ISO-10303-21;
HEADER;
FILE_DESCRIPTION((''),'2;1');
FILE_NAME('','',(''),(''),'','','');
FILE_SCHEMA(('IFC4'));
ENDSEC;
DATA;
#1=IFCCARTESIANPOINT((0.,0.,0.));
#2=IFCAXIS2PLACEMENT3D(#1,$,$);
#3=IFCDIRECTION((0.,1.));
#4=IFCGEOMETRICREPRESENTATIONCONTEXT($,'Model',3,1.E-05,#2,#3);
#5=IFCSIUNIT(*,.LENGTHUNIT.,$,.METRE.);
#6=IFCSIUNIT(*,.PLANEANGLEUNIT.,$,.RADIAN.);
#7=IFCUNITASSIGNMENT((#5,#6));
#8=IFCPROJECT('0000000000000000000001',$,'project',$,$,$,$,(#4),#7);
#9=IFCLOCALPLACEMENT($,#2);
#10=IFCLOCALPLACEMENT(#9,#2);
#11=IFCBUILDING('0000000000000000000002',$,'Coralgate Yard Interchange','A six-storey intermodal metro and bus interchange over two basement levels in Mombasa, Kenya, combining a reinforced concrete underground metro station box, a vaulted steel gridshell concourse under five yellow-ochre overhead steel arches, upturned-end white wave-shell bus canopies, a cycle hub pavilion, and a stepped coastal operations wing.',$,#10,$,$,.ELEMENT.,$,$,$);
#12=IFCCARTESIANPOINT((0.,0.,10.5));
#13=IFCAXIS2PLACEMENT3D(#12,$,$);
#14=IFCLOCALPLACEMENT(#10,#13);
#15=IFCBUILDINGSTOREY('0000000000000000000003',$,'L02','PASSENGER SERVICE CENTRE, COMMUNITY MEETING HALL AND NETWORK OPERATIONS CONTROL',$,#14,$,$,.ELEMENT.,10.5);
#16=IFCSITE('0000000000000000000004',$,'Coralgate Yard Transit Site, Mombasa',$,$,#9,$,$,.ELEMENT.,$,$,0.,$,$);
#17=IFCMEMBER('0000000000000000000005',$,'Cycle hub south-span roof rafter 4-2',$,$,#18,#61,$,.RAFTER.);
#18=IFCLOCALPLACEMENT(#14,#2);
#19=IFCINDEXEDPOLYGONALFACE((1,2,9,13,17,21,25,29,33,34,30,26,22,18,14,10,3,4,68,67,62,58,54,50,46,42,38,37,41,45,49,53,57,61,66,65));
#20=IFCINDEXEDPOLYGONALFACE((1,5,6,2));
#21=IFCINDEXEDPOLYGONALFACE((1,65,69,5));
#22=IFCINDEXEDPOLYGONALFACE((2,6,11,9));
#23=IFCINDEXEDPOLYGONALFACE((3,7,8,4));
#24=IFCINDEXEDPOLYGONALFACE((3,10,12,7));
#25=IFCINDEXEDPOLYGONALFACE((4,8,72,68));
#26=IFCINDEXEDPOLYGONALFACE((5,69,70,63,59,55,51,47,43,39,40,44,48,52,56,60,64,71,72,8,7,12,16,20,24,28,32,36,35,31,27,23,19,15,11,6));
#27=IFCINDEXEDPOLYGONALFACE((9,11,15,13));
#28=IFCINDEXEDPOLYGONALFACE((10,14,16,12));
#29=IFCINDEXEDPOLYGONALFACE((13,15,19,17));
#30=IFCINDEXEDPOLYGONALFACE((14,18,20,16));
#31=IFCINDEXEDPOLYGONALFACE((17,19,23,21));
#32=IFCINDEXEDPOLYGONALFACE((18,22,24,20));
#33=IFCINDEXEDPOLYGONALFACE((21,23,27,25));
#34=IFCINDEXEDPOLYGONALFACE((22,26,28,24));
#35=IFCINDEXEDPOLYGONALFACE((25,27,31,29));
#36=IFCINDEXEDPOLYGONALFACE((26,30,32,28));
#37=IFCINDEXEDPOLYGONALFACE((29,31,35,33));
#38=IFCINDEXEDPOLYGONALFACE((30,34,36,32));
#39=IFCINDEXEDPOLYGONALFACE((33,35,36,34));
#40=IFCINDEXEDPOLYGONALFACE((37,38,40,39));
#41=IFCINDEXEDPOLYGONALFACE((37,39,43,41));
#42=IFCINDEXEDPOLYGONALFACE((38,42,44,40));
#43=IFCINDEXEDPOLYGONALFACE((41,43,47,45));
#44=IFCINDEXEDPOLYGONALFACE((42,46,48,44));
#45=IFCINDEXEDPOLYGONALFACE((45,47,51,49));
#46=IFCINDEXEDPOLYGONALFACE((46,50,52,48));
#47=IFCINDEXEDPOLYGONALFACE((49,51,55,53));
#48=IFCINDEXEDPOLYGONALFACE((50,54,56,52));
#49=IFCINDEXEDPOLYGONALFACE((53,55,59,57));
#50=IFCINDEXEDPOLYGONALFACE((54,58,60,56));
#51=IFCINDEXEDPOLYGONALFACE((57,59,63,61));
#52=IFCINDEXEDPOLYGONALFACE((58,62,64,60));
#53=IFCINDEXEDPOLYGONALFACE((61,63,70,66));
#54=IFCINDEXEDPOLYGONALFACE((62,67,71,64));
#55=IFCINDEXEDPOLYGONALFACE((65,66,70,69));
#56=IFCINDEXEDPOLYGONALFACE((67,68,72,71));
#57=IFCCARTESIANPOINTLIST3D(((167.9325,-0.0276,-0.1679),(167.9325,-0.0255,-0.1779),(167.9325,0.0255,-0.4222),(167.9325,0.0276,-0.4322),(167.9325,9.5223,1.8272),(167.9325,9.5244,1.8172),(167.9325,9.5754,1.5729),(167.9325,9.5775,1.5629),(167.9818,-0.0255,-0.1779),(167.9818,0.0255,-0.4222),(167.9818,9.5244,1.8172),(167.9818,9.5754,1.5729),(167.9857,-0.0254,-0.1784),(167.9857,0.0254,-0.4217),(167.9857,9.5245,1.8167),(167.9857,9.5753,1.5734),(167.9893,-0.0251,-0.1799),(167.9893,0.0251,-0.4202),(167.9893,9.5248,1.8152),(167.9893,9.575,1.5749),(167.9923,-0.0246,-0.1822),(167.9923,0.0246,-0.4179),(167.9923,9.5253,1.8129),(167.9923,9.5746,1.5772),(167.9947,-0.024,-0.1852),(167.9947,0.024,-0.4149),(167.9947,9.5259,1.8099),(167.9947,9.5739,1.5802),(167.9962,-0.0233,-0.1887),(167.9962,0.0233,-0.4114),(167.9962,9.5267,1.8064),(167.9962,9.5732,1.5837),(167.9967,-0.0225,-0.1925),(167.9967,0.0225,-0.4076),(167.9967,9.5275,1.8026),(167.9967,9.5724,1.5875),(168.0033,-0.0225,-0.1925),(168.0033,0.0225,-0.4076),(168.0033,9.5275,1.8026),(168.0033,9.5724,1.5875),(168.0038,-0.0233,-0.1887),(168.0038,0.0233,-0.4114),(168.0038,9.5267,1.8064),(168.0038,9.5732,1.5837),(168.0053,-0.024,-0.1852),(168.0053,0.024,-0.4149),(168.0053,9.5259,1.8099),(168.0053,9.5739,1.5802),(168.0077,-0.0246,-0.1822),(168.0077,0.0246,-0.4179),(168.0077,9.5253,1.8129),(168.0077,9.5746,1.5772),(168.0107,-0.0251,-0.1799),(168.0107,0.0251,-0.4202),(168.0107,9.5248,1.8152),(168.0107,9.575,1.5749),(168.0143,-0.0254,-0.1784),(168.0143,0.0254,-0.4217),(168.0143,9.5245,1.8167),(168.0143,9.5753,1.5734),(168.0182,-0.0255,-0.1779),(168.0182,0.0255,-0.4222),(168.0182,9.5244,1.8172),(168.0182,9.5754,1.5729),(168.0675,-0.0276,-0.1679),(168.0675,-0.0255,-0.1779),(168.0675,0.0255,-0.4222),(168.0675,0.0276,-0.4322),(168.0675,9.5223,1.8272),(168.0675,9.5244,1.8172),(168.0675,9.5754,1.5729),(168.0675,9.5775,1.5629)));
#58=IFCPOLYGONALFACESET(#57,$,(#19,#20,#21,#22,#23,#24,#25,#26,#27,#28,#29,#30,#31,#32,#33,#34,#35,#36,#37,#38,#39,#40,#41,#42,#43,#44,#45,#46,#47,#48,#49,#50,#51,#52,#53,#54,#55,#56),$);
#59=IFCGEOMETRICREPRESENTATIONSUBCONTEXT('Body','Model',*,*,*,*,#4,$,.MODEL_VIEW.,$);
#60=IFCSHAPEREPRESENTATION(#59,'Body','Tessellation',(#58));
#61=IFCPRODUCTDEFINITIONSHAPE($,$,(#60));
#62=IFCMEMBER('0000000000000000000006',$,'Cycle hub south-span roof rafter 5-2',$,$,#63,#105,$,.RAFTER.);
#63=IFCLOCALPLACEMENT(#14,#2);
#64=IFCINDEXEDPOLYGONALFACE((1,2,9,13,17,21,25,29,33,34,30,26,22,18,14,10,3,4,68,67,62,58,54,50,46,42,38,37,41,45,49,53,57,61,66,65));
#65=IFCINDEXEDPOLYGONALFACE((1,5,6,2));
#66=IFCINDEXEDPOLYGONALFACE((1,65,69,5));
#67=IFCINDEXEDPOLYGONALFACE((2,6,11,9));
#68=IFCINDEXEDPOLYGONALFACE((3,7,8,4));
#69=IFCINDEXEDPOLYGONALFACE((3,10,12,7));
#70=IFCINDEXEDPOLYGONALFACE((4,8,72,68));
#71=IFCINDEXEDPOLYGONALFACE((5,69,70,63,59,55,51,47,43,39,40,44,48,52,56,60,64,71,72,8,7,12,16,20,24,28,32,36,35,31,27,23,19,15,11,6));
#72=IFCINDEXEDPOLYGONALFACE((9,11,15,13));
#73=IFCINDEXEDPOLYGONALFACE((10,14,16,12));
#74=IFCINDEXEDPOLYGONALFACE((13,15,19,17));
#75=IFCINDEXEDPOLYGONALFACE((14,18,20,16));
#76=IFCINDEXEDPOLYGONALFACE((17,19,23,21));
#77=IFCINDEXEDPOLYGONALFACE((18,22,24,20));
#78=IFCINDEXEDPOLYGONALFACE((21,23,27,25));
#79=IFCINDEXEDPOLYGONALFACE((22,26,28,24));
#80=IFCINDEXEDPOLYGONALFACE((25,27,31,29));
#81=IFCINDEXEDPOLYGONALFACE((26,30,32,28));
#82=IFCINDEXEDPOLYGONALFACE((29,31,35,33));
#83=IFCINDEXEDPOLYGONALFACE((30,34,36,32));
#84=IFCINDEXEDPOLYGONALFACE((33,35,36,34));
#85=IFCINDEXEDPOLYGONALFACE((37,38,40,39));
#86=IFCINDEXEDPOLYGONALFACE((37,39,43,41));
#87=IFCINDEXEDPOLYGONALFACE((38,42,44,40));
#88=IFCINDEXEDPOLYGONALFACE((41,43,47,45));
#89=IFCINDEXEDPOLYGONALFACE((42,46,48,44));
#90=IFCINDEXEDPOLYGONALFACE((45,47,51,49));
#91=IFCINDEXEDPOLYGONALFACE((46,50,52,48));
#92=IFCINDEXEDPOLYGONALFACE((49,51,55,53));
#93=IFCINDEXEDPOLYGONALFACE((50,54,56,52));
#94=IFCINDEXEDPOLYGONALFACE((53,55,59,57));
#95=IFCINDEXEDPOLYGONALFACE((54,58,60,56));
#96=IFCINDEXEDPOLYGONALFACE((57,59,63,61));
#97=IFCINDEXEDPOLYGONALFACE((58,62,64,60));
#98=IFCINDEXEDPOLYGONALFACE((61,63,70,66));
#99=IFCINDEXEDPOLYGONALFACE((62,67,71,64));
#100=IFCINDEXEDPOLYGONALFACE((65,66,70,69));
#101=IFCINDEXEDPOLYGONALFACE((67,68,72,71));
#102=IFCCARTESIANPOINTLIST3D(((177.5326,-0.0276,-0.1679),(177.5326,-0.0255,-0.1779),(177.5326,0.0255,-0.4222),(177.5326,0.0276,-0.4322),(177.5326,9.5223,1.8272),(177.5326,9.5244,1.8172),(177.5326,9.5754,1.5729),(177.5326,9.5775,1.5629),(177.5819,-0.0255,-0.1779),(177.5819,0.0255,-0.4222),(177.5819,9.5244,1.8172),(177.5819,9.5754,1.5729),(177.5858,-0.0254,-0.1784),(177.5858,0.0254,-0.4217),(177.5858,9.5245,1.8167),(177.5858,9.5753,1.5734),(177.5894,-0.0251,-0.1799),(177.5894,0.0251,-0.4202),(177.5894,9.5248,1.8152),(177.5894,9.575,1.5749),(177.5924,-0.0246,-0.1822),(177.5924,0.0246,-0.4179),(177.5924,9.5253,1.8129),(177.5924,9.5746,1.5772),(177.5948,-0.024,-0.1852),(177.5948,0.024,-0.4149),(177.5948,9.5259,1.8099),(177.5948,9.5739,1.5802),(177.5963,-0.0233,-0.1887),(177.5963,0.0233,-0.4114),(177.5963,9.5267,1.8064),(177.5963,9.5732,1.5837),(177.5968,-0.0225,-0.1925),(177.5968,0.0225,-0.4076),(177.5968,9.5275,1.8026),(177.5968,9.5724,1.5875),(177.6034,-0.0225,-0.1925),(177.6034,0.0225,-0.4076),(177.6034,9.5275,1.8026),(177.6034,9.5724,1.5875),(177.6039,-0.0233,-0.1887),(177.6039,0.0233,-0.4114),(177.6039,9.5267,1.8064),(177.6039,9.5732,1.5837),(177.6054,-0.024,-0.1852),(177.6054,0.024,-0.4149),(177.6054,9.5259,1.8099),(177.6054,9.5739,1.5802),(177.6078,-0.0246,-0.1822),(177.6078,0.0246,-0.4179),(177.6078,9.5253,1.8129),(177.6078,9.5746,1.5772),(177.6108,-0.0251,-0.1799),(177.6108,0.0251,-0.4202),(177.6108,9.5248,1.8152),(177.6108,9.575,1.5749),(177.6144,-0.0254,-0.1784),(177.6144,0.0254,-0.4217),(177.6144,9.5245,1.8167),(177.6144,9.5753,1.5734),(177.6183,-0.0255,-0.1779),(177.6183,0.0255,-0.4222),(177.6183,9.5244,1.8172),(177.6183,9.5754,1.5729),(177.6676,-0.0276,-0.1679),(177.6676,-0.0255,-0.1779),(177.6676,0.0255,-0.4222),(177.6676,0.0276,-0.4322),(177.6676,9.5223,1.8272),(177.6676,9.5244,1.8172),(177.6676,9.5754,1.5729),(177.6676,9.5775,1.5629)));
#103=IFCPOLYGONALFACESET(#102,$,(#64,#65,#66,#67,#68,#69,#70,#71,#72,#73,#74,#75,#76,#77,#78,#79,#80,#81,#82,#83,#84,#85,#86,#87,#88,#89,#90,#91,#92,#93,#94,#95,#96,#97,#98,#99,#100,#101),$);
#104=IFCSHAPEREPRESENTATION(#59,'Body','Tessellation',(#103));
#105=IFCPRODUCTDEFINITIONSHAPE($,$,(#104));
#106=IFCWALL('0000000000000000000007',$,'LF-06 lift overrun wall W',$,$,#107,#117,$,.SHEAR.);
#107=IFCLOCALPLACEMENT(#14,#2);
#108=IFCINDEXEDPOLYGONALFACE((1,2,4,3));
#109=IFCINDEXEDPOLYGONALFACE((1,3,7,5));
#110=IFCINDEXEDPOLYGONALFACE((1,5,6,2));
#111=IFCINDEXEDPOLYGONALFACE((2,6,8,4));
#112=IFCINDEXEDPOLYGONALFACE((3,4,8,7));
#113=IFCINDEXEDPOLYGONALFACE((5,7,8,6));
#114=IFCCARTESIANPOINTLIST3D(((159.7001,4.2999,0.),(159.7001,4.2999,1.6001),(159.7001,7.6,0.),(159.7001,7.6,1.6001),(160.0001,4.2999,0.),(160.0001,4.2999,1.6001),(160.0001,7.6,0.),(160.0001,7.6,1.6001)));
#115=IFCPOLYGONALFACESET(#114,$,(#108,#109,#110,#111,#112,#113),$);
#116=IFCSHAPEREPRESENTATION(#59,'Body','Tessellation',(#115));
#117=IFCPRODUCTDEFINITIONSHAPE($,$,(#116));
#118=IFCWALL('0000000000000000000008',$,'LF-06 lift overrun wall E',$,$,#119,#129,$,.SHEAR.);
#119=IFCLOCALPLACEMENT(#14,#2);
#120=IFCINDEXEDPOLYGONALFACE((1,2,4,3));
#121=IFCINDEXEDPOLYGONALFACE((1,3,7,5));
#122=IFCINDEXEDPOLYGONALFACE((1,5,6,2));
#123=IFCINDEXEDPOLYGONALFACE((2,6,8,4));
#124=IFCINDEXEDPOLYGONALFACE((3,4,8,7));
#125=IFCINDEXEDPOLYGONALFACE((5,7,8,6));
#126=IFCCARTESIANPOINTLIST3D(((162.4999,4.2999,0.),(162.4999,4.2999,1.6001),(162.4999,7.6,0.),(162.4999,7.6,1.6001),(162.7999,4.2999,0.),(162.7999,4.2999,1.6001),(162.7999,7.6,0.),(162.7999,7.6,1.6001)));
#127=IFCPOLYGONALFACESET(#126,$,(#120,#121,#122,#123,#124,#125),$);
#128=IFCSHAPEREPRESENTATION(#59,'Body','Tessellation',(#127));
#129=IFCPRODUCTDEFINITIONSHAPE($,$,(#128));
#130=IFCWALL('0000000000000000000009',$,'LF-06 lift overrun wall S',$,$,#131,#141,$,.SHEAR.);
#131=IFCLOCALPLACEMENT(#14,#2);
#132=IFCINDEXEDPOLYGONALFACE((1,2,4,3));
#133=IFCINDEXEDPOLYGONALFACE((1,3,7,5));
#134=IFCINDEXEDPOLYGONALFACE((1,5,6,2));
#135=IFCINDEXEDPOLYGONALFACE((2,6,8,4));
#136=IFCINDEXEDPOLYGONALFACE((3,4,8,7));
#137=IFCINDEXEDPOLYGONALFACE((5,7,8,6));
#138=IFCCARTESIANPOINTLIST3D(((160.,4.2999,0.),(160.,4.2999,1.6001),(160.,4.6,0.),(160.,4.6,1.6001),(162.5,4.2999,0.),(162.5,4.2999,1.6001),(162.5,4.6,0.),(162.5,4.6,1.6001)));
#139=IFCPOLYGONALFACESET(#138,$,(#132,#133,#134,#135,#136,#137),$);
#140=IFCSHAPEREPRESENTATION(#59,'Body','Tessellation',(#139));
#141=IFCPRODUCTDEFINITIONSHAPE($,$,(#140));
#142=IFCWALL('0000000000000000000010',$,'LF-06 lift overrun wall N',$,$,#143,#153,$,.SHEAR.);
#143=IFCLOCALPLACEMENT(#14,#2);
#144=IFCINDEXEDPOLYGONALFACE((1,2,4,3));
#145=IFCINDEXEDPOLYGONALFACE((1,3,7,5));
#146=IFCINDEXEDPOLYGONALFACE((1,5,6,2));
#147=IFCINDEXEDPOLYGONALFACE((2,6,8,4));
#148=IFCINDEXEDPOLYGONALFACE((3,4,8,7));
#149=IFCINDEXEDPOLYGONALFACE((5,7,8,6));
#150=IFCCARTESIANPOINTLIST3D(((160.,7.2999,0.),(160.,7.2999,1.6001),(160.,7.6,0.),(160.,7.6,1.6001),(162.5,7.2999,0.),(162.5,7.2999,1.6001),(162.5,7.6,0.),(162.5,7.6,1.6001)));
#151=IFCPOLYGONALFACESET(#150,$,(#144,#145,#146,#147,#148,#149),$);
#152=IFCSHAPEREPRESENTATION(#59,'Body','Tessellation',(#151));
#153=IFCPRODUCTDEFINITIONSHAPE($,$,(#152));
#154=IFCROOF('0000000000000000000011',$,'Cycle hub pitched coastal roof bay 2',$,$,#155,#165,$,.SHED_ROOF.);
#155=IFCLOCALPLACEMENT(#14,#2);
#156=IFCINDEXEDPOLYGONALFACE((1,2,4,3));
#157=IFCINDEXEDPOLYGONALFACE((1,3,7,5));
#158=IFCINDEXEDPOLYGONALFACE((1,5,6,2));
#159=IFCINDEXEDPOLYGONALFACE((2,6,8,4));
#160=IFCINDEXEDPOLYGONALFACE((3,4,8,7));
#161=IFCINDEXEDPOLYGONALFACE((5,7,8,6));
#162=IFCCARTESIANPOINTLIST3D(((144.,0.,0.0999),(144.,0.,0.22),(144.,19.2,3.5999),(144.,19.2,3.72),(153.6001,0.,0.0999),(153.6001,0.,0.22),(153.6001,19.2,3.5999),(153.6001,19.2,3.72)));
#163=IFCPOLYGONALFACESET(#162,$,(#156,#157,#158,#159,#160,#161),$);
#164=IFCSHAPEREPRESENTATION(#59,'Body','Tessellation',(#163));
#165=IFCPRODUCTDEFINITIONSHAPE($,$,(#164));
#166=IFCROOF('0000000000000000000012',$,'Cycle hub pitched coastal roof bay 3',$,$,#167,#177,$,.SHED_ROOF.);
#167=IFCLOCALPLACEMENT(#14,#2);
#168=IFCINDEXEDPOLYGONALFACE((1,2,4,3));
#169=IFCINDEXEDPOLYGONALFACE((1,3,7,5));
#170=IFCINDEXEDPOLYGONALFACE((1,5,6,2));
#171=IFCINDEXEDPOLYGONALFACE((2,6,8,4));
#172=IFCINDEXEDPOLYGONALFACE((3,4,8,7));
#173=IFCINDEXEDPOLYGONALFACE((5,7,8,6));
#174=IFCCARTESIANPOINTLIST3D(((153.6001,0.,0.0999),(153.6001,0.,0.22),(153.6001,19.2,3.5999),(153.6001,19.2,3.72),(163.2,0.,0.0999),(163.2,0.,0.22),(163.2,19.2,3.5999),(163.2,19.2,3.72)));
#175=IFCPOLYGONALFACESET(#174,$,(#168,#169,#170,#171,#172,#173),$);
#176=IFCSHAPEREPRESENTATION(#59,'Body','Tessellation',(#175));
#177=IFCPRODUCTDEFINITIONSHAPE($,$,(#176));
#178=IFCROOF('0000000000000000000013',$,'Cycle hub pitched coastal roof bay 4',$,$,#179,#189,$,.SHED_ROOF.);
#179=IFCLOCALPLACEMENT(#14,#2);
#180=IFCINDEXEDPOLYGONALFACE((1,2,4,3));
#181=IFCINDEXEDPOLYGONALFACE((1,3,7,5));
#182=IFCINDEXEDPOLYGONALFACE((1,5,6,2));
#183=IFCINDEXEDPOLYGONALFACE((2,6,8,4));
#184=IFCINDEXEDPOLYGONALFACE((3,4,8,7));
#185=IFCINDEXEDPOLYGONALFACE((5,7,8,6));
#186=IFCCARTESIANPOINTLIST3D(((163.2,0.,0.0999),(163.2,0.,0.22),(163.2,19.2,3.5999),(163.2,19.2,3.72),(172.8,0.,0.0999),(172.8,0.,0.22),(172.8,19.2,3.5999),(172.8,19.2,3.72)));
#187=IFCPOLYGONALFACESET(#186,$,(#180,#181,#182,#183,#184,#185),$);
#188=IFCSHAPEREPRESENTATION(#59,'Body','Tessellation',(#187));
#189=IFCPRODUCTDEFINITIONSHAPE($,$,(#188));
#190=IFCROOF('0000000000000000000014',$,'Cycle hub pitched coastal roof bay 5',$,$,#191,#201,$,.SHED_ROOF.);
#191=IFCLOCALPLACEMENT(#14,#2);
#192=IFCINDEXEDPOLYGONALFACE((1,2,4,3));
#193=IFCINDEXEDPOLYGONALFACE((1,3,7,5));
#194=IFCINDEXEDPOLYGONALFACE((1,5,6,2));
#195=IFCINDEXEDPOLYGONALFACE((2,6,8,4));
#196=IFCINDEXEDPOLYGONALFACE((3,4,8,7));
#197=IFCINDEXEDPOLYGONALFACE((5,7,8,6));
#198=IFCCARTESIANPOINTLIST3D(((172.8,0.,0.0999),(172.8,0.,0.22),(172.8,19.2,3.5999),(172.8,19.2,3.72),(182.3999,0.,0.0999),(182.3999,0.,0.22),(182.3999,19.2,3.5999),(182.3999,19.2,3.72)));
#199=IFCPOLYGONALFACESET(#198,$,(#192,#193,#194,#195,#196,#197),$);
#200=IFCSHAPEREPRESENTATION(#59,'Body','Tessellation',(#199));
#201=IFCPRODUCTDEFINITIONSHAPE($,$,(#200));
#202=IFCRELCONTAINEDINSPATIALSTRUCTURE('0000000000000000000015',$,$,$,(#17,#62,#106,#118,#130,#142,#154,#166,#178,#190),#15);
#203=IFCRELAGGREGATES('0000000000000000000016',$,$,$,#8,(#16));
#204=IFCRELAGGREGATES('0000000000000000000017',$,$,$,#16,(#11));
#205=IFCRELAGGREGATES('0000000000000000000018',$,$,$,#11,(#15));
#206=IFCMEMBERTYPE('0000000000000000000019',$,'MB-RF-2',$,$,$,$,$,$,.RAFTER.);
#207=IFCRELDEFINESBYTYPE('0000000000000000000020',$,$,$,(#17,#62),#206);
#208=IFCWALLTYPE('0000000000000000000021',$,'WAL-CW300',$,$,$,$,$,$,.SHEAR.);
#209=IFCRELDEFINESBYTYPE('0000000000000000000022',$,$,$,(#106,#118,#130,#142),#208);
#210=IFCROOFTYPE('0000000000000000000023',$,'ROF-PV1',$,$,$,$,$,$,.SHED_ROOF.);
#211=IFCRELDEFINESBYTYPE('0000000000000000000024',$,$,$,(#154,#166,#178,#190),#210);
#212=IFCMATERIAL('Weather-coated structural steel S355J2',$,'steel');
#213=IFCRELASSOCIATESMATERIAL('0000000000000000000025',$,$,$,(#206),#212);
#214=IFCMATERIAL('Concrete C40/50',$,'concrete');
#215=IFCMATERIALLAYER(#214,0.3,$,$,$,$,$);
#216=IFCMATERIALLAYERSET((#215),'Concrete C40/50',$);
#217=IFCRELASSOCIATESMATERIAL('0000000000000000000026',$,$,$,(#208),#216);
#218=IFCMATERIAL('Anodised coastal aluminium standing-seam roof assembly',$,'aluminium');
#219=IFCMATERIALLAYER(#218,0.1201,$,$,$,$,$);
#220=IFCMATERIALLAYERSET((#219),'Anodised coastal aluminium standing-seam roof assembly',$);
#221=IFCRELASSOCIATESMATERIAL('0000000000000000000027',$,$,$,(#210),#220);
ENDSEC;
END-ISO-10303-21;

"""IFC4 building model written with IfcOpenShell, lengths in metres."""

from ifc_helpers import new_model, si_unit, direction, frame, frame_2d, origin, origin_2d, place, context, subcontext, project, spatial, polyline, rectangle, i_section, outline, extrude, material, layer, layer_set, material_profile, profile_set, type_object, element, save


model = new_model("IFC4")

# Units and contexts
model_context = context("Model", 3, precision=1e-05, world=origin(), true_north=direction((0.0, 1.0)))
body_context = subcontext(model_context, "Body", "Model", "MODEL_VIEW")
ifc_project = project(units=[si_unit("LENGTHUNIT", "METRE"), si_unit("PLANEANGLEUNIT", "RADIAN")], contexts=[model_context])

# Site, building, storey
site_placement = place(None, origin())
site = spatial("IfcSite", under=ifc_project, at=site_placement, Name="Coralgate Yard Transit Site, Mombasa", CompositionType="ELEMENT", RefElevation=0.0)
building_placement = place(site_placement, origin())
building = spatial("IfcBuilding", under=site, at=building_placement, Name="Coralgate Yard Interchange", Description="A six-storey intermodal metro and bus interchange over two basement levels in Mombasa, Kenya, combining a reinforced concrete underground metro station box, a vaulted steel gridshell concourse under five yellow-ochre overhead steel arches, upturned-end white wave-shell bus canopies, a cycle hub pavilion, and a stepped coastal operations wing.", CompositionType="ELEMENT")
storey_placement = place(building_placement, frame((0.0, 0.0, 10.5)))
storey = spatial("IfcBuildingStorey", under=building, at=storey_placement, Name="L02", Description="PASSENGER SERVICE CENTRE, COMMUNITY MEETING HALL AND NETWORK OPERATIONS CONTROL", CompositionType="ELEMENT", Elevation=10.5)

# Members
ifc_material_1 = material(Name="Weather-coated structural steel S355J2", Category="steel")
ifc_material_profile_1 = material_profile(ifc_material_1, i_section(OverallWidth=0.135, OverallDepth=0.27, WebThickness=0.0066, FlangeThickness=0.0103, FilletRadius=0.0149, at=origin_2d()), Name="IPE 270")
ifc_profile_set_1 = profile_set([ifc_material_profile_1], Name="Weather-coated structural steel S355J2")
member_type_1 = type_object("IfcMemberType", Name="MB-RF-2", PredefinedType="RAFTER", material=ifc_profile_set_1)
for number, where, z_axis, x_axis, name in (
    (1, (168.0, 0.0, -0.3), (0.0, 0.978867, 0.204497), (-1.0, 0.0, 0.0), "Cycle hub south-span roof rafter 4-2"),
    (2, (177.6001, 0.0, -0.3), (0.0, 0.978867, 0.204497), (-1.0, 0.0, 0.0), "Cycle hub south-span roof rafter 5-2"),
):
    element("IfcMember", number, at=place(storey_placement, frame(where, z_axis=z_axis, x_axis=x_axis)), inside=storey, type_object=member_type_1, Name=name, PredefinedType="RAFTER", context=body_context, shape_type="SweptSolid", body=[
        extrude(i_section(OverallWidth=0.135, OverallDepth=0.27, WebThickness=0.0066, FlangeThickness=0.0103, FilletRadius=0.0149, at=origin_2d()), origin(), (0.0, 0.0, 1.0), 9.7561),
    ])

# Walls
ifc_material_2 = material(Name="Concrete C40/50", Category="concrete")
ifc_layer_1 = layer(ifc_material_2, 0.3)
ifc_layer_set_1 = layer_set([ifc_layer_1], Name="Concrete C40/50")
wall_type = type_object("IfcWallType", Name="WAL-CW300", PredefinedType="SHEAR", material=ifc_layer_set_1)
for number, where, z_axis, x_axis, name in (
    (3, (159.8501, 4.3, 0.0), (0.0, 0.0, 1.0), (0.0, 1.0, 0.0), "LF-06 lift overrun wall W"),
    (4, (162.6499, 4.3, 0.0), (0.0, 0.0, 1.0), (0.0, 1.0, 0.0), "LF-06 lift overrun wall E"),
):
    element("IfcWall", number, at=place(storey_placement, frame(where, z_axis=z_axis, x_axis=x_axis)), inside=storey, type_object=wall_type, Name=name, PredefinedType="SHEAR", context=body_context, shape_type="SweptSolid", body=[
        extrude(rectangle(XDim=3.3, YDim=0.3, at=frame_2d((1.6499, 0.0))), origin(), (0.0, 0.0, 1.0), 1.6001),
    ])
for number, where, z_axis, x_axis, name in (
    (5, (160.0, 4.45, 0.0), (0.0, 0.0, 1.0), (1.0, 0.0, 0.0), "LF-06 lift overrun wall S"),
    (6, (160.0, 7.45, 0.0), (0.0, 0.0, 1.0), (1.0, 0.0, 0.0), "LF-06 lift overrun wall N"),
):
    element("IfcWall", number, at=place(storey_placement, frame(where, z_axis=z_axis, x_axis=x_axis)), inside=storey, type_object=wall_type, Name=name, PredefinedType="SHEAR", context=body_context, shape_type="SweptSolid", body=[
        extrude(rectangle(XDim=2.5, YDim=0.3, at=frame_2d((1.25, 0.0))), origin(), (0.0, 0.0, 1.0), 1.6001),
    ])

# Roofs
ifc_material_3 = material(Name="Anodised coastal aluminium standing-seam roof assembly", Category="aluminium")
ifc_layer_2 = layer(ifc_material_3, 0.1201)
ifc_layer_set_2 = layer_set([ifc_layer_2], Name="Anodised coastal aluminium standing-seam roof assembly")
roof_type = type_object("IfcRoofType", Name="ROF-PV1", PredefinedType="SHED_ROOF", material=ifc_layer_set_2)
roof_1_placement = place(storey_placement, frame((144.0, 0.0, 0.22), z_axis=(1.0, 0.0, 0.0), x_axis=(0.0, 1.0, 0.0)))
element("IfcRoof", 7, at=roof_1_placement, inside=storey, type_object=roof_type, Name="Cycle hub pitched coastal roof bay 2", PredefinedType="SHED_ROOF", context=body_context, shape_type="SweptSolid", body=[
    extrude(outline(polyline([(0.0, 0.0), (19.2, 3.5), (19.2, 3.3799), (0.0, -0.1201), (0.0, 0.0)])), origin(), (0.0, 0.0, 1.0), 9.6001),
])
roof_2_placement = place(storey_placement, frame((153.6001, 0.0, 0.22), z_axis=(1.0, 0.0, 0.0), x_axis=(0.0, 1.0, 0.0)))
element("IfcRoof", 8, at=roof_2_placement, inside=storey, type_object=roof_type, Name="Cycle hub pitched coastal roof bay 3", PredefinedType="SHED_ROOF", context=body_context, shape_type="SweptSolid", body=[
    extrude(outline(polyline([(0.0, 0.0), (19.2, 3.5), (19.2, 3.3799), (0.0, -0.1201), (0.0, 0.0)])), origin(), (0.0, 0.0, 1.0), 9.5999),
])
roof_3_placement = place(storey_placement, frame((163.2, 0.0, 0.22), z_axis=(1.0, 0.0, 0.0), x_axis=(0.0, 1.0, 0.0)))
element("IfcRoof", 9, at=roof_3_placement, inside=storey, type_object=roof_type, Name="Cycle hub pitched coastal roof bay 4", PredefinedType="SHED_ROOF", context=body_context, shape_type="SweptSolid", body=[
    extrude(outline(polyline([(0.0, 0.0), (19.2, 3.5), (19.2, 3.3799), (0.0, -0.1201), (0.0, 0.0)])), origin(), (0.0, 0.0, 1.0), 9.6001),
])
roof_4_placement = place(storey_placement, frame((172.8, 0.0, 0.22), z_axis=(1.0, 0.0, 0.0), x_axis=(0.0, 1.0, 0.0)))
element("IfcRoof", 10, at=roof_4_placement, inside=storey, type_object=roof_type, Name="Cycle hub pitched coastal roof bay 5", PredefinedType="SHED_ROOF", context=body_context, shape_type="SweptSolid", body=[
    extrude(outline(polyline([(0.0, 0.0), (19.2, 3.5), (19.2, 3.3799), (0.0, -0.1201), (0.0, 0.0)])), origin(), (0.0, 0.0, 1.0), 9.5999),
])

save(model, "model.ifc")
